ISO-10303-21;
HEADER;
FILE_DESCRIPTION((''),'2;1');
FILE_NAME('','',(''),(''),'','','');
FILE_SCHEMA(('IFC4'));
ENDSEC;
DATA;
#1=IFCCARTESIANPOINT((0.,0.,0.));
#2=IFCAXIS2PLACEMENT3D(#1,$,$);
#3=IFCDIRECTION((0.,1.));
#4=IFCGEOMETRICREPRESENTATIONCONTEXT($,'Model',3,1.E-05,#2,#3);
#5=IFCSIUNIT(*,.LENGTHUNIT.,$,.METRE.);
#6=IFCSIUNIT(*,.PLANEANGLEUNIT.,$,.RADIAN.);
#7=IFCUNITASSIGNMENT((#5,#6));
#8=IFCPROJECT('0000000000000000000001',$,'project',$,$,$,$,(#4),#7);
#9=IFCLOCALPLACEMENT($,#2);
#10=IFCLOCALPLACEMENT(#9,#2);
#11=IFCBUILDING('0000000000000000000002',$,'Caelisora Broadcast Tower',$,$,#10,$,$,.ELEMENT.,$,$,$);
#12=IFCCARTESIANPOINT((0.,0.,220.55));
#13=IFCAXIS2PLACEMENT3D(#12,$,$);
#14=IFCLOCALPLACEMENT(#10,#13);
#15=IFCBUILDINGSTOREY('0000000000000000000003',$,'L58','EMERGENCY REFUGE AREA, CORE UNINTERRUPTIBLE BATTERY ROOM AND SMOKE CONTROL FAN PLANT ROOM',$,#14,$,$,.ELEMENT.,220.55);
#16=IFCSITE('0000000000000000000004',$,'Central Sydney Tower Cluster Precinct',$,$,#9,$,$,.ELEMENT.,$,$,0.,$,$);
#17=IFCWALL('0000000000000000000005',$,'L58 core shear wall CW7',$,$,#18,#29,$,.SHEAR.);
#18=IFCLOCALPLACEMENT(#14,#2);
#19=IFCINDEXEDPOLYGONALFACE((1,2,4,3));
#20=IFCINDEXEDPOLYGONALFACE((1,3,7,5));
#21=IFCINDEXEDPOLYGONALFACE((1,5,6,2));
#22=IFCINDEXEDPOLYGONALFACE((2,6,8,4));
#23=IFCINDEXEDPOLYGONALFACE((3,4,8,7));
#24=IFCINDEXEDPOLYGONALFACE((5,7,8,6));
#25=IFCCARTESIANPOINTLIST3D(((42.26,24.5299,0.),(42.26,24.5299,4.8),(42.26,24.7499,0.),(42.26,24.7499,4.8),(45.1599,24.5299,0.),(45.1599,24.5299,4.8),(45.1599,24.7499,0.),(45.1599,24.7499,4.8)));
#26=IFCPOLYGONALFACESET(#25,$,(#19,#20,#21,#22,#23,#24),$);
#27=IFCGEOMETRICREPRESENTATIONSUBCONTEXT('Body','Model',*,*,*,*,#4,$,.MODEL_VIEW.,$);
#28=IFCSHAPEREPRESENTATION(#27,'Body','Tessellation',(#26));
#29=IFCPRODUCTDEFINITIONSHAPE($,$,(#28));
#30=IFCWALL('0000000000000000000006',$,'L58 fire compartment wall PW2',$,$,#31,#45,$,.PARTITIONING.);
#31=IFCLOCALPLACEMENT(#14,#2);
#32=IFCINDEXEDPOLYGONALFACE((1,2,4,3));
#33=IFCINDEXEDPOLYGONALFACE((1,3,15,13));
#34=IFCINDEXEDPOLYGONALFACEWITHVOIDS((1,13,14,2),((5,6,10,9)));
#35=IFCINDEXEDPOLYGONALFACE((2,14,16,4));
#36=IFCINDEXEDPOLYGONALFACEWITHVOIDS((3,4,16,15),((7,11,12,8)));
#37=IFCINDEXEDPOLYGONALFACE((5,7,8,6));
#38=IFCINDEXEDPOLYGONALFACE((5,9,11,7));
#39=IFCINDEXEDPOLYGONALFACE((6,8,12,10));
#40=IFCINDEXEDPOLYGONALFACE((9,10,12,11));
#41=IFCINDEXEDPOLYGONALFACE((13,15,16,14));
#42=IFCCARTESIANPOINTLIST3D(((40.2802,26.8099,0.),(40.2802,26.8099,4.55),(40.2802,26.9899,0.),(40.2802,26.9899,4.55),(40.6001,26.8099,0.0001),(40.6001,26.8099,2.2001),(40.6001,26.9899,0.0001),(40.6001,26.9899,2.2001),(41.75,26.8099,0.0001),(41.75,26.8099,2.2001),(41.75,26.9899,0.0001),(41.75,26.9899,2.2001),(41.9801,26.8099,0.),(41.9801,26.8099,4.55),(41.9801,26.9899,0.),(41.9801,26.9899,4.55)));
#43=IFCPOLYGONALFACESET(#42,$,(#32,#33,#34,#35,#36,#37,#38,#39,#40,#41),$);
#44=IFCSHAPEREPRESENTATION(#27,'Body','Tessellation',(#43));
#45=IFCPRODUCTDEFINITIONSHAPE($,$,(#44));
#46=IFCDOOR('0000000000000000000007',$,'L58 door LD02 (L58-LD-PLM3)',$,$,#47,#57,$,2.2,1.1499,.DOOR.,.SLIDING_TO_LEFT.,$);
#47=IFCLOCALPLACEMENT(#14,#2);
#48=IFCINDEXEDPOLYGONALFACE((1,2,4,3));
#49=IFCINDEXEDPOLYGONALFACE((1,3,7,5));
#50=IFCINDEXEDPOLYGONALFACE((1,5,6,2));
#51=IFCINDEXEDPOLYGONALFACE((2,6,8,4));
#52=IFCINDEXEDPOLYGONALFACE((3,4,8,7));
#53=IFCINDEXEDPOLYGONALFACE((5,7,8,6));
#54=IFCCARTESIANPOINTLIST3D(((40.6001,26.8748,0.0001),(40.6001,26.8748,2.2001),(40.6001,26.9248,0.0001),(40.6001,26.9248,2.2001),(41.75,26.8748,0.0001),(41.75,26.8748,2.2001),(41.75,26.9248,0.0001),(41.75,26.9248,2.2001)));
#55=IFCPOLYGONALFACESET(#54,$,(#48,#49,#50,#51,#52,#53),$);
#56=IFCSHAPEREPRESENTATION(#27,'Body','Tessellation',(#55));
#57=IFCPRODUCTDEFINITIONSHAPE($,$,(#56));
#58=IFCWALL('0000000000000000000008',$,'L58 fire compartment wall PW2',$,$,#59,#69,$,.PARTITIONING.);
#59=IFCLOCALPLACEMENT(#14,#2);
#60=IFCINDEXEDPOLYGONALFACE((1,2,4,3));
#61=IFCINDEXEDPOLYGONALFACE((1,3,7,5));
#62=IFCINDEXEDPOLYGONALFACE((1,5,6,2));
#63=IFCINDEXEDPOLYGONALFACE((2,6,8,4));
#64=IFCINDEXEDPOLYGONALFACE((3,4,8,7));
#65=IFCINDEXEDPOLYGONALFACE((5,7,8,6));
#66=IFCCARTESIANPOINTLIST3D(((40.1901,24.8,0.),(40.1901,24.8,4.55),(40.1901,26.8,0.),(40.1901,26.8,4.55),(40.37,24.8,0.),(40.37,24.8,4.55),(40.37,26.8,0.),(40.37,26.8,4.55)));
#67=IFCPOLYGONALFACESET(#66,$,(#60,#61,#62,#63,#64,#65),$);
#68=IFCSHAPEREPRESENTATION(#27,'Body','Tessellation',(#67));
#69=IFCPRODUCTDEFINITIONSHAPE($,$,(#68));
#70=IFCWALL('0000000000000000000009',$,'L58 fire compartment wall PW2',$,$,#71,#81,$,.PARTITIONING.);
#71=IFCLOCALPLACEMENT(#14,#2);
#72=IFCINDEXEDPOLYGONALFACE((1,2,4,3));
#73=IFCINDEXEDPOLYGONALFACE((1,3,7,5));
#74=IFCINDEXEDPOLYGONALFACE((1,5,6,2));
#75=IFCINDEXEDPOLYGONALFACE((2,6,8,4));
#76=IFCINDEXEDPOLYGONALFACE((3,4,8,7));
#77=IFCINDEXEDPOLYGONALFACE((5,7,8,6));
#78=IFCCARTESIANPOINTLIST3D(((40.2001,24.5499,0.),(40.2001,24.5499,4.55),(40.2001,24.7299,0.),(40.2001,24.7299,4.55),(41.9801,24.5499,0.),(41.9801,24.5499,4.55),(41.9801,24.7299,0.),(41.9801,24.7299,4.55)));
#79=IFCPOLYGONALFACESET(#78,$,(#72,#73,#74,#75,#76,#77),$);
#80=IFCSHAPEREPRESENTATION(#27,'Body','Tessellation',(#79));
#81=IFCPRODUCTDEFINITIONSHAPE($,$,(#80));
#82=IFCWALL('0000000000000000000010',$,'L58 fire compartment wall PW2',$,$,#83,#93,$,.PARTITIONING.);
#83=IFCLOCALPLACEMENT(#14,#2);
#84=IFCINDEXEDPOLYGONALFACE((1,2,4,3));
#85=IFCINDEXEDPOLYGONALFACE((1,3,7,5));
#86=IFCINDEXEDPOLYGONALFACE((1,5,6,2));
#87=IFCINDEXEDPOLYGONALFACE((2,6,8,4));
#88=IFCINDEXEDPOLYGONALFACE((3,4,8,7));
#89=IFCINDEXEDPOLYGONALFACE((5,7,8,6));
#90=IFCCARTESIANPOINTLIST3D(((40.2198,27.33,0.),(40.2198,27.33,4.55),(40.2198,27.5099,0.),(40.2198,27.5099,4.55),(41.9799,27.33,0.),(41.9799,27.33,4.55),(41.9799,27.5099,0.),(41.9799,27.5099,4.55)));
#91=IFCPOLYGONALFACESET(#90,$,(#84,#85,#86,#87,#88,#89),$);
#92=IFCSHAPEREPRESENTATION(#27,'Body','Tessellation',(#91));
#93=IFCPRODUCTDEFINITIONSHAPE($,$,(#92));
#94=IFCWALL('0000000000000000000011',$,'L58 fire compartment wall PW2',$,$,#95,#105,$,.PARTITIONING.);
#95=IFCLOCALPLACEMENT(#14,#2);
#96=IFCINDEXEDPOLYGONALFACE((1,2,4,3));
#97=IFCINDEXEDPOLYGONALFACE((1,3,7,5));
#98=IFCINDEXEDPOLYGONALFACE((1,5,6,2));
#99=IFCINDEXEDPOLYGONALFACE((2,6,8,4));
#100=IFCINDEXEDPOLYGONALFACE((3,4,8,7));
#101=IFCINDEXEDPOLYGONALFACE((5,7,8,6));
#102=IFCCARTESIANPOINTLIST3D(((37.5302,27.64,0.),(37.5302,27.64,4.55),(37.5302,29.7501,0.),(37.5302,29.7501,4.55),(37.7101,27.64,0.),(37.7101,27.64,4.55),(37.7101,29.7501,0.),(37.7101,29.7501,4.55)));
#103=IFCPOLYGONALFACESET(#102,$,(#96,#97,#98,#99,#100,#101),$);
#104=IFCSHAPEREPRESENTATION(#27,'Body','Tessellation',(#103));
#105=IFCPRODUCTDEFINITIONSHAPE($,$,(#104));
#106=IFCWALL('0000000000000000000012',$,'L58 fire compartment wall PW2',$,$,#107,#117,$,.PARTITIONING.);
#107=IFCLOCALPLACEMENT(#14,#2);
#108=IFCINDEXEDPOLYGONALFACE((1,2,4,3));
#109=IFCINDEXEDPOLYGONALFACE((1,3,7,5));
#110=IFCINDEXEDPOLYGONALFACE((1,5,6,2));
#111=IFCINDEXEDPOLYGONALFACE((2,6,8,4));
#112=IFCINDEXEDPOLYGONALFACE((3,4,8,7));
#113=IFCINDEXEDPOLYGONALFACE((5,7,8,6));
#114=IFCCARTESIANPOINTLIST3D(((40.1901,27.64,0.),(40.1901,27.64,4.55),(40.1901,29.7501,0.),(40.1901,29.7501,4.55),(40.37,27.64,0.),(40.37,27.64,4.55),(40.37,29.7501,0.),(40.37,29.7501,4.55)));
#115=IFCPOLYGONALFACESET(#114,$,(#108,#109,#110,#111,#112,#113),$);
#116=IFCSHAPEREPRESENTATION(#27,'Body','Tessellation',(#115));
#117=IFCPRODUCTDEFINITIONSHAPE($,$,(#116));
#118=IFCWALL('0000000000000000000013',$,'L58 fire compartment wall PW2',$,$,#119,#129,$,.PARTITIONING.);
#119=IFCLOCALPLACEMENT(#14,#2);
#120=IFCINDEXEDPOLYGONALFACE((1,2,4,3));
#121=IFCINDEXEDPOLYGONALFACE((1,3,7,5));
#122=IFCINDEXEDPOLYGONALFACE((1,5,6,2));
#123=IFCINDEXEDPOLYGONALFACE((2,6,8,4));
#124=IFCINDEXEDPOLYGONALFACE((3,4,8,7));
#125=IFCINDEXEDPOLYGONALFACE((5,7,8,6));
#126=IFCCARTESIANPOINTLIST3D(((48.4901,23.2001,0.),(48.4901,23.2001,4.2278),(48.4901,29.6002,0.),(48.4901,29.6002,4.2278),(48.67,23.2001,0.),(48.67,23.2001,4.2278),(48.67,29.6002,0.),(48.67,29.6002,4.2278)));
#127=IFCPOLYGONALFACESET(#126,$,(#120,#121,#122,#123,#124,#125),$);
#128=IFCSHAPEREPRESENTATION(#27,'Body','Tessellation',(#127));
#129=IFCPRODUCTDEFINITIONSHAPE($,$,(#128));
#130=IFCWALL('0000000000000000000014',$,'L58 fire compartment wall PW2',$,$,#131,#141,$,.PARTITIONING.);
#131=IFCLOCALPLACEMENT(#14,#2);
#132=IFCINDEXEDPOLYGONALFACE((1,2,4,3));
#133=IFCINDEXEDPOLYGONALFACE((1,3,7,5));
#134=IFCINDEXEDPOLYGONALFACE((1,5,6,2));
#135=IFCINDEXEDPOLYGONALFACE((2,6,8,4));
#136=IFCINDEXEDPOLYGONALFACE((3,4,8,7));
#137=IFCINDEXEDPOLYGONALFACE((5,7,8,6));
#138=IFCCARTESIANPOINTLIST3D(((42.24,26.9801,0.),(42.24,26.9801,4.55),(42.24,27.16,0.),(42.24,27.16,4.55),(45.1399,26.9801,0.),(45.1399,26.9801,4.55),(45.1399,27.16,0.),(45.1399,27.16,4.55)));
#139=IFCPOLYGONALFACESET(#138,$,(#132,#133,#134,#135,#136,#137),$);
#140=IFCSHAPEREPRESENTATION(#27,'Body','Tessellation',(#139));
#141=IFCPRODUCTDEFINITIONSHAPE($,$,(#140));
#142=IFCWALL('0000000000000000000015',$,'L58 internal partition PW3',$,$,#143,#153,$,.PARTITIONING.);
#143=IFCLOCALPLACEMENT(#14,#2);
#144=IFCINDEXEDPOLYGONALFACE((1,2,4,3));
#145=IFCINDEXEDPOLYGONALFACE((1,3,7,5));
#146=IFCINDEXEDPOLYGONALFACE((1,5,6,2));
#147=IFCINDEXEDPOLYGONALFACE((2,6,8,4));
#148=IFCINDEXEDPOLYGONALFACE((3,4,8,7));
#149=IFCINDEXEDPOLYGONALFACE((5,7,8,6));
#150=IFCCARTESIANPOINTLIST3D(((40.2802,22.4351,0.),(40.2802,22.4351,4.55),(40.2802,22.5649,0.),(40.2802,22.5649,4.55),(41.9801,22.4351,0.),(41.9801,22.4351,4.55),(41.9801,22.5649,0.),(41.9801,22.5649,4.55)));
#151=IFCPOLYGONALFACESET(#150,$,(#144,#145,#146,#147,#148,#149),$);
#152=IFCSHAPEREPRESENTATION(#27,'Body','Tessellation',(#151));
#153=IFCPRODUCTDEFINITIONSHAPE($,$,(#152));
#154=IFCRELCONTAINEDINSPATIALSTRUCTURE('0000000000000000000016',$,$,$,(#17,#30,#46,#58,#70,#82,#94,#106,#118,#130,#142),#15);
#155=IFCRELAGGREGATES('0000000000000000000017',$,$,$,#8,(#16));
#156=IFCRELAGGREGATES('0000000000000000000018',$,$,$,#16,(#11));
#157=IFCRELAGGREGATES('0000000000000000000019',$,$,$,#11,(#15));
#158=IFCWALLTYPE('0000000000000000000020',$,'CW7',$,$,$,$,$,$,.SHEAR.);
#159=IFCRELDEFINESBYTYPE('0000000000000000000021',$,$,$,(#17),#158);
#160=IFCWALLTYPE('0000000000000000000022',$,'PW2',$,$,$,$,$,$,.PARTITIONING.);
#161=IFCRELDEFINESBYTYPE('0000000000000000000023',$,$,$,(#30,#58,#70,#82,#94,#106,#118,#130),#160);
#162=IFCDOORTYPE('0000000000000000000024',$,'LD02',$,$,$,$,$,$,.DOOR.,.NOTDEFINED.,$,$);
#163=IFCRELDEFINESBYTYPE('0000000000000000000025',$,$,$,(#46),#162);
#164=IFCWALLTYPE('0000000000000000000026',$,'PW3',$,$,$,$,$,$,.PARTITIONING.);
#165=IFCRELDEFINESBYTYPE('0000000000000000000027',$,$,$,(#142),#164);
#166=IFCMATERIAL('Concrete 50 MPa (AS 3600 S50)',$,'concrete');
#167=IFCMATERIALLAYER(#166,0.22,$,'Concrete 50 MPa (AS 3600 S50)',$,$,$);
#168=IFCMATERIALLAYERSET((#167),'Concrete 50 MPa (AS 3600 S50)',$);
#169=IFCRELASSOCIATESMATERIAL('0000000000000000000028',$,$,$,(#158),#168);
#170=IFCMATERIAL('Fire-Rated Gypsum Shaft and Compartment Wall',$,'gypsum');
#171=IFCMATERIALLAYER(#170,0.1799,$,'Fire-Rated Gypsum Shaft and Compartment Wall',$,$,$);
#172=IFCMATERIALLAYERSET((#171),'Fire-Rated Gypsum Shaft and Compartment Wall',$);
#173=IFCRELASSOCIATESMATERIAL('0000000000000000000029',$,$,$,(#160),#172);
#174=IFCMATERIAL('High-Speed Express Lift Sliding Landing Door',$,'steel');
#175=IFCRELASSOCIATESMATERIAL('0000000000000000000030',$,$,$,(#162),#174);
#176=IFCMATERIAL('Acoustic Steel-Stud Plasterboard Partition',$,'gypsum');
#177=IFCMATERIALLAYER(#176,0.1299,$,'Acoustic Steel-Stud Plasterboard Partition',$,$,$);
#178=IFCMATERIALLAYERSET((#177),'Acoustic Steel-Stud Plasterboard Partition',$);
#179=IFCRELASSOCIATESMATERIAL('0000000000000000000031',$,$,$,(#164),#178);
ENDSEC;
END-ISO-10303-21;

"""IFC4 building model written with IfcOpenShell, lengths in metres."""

from ifc_helpers import new_model, si_unit, direction, frame, frame_2d, origin, place, context, subcontext, project, spatial, rectangle, extrude, material, layer, layer_set, type_object, element, fill, save


model = new_model("IFC4")

# Units and contexts
model_context = context("Model", 3, precision=1e-05, world=origin(), true_north=direction((0.0, 1.0)))
body_context = subcontext(model_context, "Body", "Model", "MODEL_VIEW")
ifc_project = project(units=[si_unit("LENGTHUNIT", "METRE"), si_unit("PLANEANGLEUNIT", "RADIAN")], contexts=[model_context])

# Site, building, storey
site_placement = place(None, origin())
site = spatial("IfcSite", under=ifc_project, at=site_placement, Name="Central Sydney Tower Cluster Precinct", CompositionType="ELEMENT", RefElevation=0.0)
building_placement = place(site_placement, origin())
building = spatial("IfcBuilding", under=site, at=building_placement, Name="Caelisora Broadcast Tower", CompositionType="ELEMENT")
storey_placement = place(building_placement, frame((0.0, 0.0, 220.55)))
storey = spatial("IfcBuildingStorey", under=building, at=storey_placement, Name="L58", Description="EMERGENCY REFUGE AREA, CORE UNINTERRUPTIBLE BATTERY ROOM AND SMOKE CONTROL FAN PLANT ROOM", CompositionType="ELEMENT", Elevation=220.55)

# Wall
ifc_material_1 = material(Name="Concrete 50 MPa (AS 3600 S50)", Category="concrete")
ifc_layer_1 = layer(ifc_material_1, 0.22, Name="Concrete 50 MPa (AS 3600 S50)")
ifc_layer_set_1 = layer_set([ifc_layer_1], Name="Concrete 50 MPa (AS 3600 S50)")
wall_type_1 = type_object("IfcWallType", Name="CW7", PredefinedType="SHEAR", material=ifc_layer_set_1)
wall_1_placement = place(storey_placement, frame((42.26, 24.6399, 0.0), z_axis=(0.0, 0.0, 1.0), x_axis=(1.0, 0.0, 0.0)))
element("IfcWall", 1, at=wall_1_placement, inside=storey, type_object=wall_type_1, Name="L58 core shear wall CW7", PredefinedType="SHEAR", context=body_context, shape_type="SweptSolid", body=[
    extrude(rectangle(XDim=2.8999, YDim=0.22, at=frame_2d((1.45, 0.0))), origin(), (0.0, 0.0, 1.0), 4.8),
])

# Wall, opening, door
ifc_material_2 = material(Name="Fire-Rated Gypsum Shaft and Compartment Wall", Category="gypsum")
ifc_layer_2 = layer(ifc_material_2, 0.1799, Name="Fire-Rated Gypsum Shaft and Compartment Wall")
ifc_layer_set_2 = layer_set([ifc_layer_2], Name="Fire-Rated Gypsum Shaft and Compartment Wall")
wall_type_2 = type_object("IfcWallType", Name="PW2", PredefinedType="PARTITIONING", material=ifc_layer_set_2)
wall_2_placement = place(storey_placement, frame((40.28, 26.8999, 0.0), z_axis=(0.0, 0.0, 1.0), x_axis=(1.0, 0.0, 0.0)))
wall_2 = element("IfcWall", 2, at=wall_2_placement, inside=storey, type_object=wall_type_2, Name="L58 fire compartment wall PW2", PredefinedType="PARTITIONING", context=body_context, shape_type="SweptSolid", body=[
    extrude(rectangle(XDim=1.7, YDim=0.1799, at=frame_2d((0.8501, 0.0))), origin(), (0.0, 0.0, 1.0), 4.55),
])
opening_1_placement = place(wall_2_placement, frame((0.3201, 0.0, 0.0)))
opening_1 = element("IfcOpeningElement", 3, at=opening_1_placement, cuts=wall_2, PredefinedType="OPENING", context=body_context, shape_type="SweptSolid", body=[
    extrude(rectangle(XDim=1.1499, YDim=2.2, at=frame_2d((0.575, 1.1001))), frame((0.0, 0.1021, 0.0), z_axis=(0.0, -1.0, 0.0), x_axis=(1.0, 0.0, 0.0)), (0.0, 0.0, 1.0), 0.2039),
])
ifc_material_3 = material(Name="High-Speed Express Lift Sliding Landing Door", Category="steel")
door_type_1 = type_object("IfcDoorType", Name="LD02", OperationType="NOTDEFINED", PredefinedType="DOOR", material=ifc_material_3)
door_1_placement = place(opening_1_placement, origin())
door_1 = element("IfcDoor", 4, at=door_1_placement, inside=storey, type_object=door_type_1, Name="L58 door LD02 (L58-LD-PLM3)", OperationType="SLIDING_TO_LEFT", OverallHeight=2.2, OverallWidth=1.1499, PredefinedType="DOOR", context=body_context, shape_type="SweptSolid", body=[
    extrude(rectangle(XDim=1.1499, YDim=2.2, at=frame_2d((0.575, 1.1001))), frame((0.0, 0.0249, 0.0), z_axis=(0.0, -1.0, 0.0), x_axis=(1.0, 0.0, 0.0)), (0.0, 0.0, 1.0), 0.05),
])
fill(opening_1, door_1)

# Walls
wall_3_placement = place(storey_placement, frame((40.28, 24.8, 0.0), z_axis=(0.0, 0.0, 1.0), x_axis=(0.0, 1.0, 0.0)))
element("IfcWall", 5, at=wall_3_placement, inside=storey, type_object=wall_type_2, Name="L58 fire compartment wall PW2", PredefinedType="PARTITIONING", context=body_context, shape_type="SweptSolid", body=[
    extrude(rectangle(XDim=2.0, YDim=0.1799, at=frame_2d((1.0, 0.0))), origin(), (0.0, 0.0, 1.0), 4.55),
])
wall_4_placement = place(storey_placement, frame((40.2, 24.6399, 0.0), z_axis=(0.0, 0.0, 1.0), x_axis=(1.0, 0.0, 0.0)))
element("IfcWall", 6, at=wall_4_placement, inside=storey, type_object=wall_type_2, Name="L58 fire compartment wall PW2", PredefinedType="PARTITIONING", context=body_context, shape_type="SweptSolid", body=[
    extrude(rectangle(XDim=1.78, YDim=0.1799, at=frame_2d((0.8901, 0.0))), origin(), (0.0, 0.0, 1.0), 4.55),
])
wall_5_placement = place(storey_placement, frame((40.22, 27.4199, 0.0), z_axis=(0.0, 0.0, 1.0), x_axis=(1.0, 0.0, 0.0)))
element("IfcWall", 7, at=wall_5_placement, inside=storey, type_object=wall_type_2, Name="L58 fire compartment wall PW2", PredefinedType="PARTITIONING", context=body_context, shape_type="SweptSolid", body=[
    extrude(rectangle(XDim=1.76, YDim=0.1799, at=frame_2d((0.8799, 0.0))), origin(), (0.0, 0.0, 1.0), 4.55),
])
for number, where, z_axis, x_axis, name in (
    (8, (37.6201, 27.6399, 0.0), (0.0, 0.0, 1.0), (0.0, 1.0, 0.0), "L58 fire compartment wall PW2"),
    (9, (40.28, 27.6399, 0.0), (0.0, 0.0, 1.0), (0.0, 1.0, 0.0), "L58 fire compartment wall PW2"),
):
    element("IfcWall", number, at=place(storey_placement, frame(where, z_axis=z_axis, x_axis=x_axis)), inside=storey, type_object=wall_type_2, Name=name, PredefinedType="PARTITIONING", context=body_context, shape_type="SweptSolid", body=[
        extrude(rectangle(XDim=2.1101, YDim=0.1799, at=frame_2d((1.0552, 0.0))), origin(), (0.0, 0.0, 1.0), 4.55),
    ])
wall_6_placement = place(storey_placement, frame((48.5801, 23.2, 0.0), z_axis=(0.0, 0.0, 1.0), x_axis=(0.0, 1.0, 0.0)))
element("IfcWall", 10, at=wall_6_placement, inside=storey, type_object=wall_type_2, Name="L58 fire compartment wall PW2", PredefinedType="PARTITIONING", context=body_context, shape_type="SweptSolid", body=[
    extrude(rectangle(XDim=6.4001, YDim=0.1799, at=frame_2d((3.2002, 0.0))), origin(), (0.0, 0.0, 1.0), 4.2278),
])

# Walls
wall_7_placement = place(storey_placement, frame((42.24, 27.0701, 0.0), z_axis=(0.0, 0.0, 1.0), x_axis=(1.0, 0.0, 0.0)))
element("IfcWall", 11, at=wall_7_placement, inside=storey, type_object=wall_type_2, Name="L58 fire compartment wall PW2", PredefinedType="PARTITIONING", context=body_context, shape_type="SweptSolid", body=[
    extrude(rectangle(XDim=2.8999, YDim=0.1799, at=frame_2d((1.45, 0.0))), origin(), (0.0, 0.0, 1.0), 4.55),
])
ifc_material_4 = material(Name="Acoustic Steel-Stud Plasterboard Partition", Category="gypsum")
ifc_layer_3 = layer(ifc_material_4, 0.1299, Name="Acoustic Steel-Stud Plasterboard Partition")
ifc_layer_set_3 = layer_set([ifc_layer_3], Name="Acoustic Steel-Stud Plasterboard Partition")
wall_type_3 = type_object("IfcWallType", Name="PW3", PredefinedType="PARTITIONING", material=ifc_layer_set_3)
wall_8_placement = place(storey_placement, frame((40.28, 22.5, 0.0), z_axis=(0.0, 0.0, 1.0), x_axis=(1.0, 0.0, 0.0)))
element("IfcWall", 12, at=wall_8_placement, inside=storey, type_object=wall_type_3, Name="L58 internal partition PW3", PredefinedType="PARTITIONING", context=body_context, shape_type="SweptSolid", body=[
    extrude(rectangle(XDim=1.7, YDim=0.1299, at=frame_2d((0.8501, 0.0))), origin(), (0.0, 0.0, 1.0), 4.55),
])

save(model, "model.ifc")
